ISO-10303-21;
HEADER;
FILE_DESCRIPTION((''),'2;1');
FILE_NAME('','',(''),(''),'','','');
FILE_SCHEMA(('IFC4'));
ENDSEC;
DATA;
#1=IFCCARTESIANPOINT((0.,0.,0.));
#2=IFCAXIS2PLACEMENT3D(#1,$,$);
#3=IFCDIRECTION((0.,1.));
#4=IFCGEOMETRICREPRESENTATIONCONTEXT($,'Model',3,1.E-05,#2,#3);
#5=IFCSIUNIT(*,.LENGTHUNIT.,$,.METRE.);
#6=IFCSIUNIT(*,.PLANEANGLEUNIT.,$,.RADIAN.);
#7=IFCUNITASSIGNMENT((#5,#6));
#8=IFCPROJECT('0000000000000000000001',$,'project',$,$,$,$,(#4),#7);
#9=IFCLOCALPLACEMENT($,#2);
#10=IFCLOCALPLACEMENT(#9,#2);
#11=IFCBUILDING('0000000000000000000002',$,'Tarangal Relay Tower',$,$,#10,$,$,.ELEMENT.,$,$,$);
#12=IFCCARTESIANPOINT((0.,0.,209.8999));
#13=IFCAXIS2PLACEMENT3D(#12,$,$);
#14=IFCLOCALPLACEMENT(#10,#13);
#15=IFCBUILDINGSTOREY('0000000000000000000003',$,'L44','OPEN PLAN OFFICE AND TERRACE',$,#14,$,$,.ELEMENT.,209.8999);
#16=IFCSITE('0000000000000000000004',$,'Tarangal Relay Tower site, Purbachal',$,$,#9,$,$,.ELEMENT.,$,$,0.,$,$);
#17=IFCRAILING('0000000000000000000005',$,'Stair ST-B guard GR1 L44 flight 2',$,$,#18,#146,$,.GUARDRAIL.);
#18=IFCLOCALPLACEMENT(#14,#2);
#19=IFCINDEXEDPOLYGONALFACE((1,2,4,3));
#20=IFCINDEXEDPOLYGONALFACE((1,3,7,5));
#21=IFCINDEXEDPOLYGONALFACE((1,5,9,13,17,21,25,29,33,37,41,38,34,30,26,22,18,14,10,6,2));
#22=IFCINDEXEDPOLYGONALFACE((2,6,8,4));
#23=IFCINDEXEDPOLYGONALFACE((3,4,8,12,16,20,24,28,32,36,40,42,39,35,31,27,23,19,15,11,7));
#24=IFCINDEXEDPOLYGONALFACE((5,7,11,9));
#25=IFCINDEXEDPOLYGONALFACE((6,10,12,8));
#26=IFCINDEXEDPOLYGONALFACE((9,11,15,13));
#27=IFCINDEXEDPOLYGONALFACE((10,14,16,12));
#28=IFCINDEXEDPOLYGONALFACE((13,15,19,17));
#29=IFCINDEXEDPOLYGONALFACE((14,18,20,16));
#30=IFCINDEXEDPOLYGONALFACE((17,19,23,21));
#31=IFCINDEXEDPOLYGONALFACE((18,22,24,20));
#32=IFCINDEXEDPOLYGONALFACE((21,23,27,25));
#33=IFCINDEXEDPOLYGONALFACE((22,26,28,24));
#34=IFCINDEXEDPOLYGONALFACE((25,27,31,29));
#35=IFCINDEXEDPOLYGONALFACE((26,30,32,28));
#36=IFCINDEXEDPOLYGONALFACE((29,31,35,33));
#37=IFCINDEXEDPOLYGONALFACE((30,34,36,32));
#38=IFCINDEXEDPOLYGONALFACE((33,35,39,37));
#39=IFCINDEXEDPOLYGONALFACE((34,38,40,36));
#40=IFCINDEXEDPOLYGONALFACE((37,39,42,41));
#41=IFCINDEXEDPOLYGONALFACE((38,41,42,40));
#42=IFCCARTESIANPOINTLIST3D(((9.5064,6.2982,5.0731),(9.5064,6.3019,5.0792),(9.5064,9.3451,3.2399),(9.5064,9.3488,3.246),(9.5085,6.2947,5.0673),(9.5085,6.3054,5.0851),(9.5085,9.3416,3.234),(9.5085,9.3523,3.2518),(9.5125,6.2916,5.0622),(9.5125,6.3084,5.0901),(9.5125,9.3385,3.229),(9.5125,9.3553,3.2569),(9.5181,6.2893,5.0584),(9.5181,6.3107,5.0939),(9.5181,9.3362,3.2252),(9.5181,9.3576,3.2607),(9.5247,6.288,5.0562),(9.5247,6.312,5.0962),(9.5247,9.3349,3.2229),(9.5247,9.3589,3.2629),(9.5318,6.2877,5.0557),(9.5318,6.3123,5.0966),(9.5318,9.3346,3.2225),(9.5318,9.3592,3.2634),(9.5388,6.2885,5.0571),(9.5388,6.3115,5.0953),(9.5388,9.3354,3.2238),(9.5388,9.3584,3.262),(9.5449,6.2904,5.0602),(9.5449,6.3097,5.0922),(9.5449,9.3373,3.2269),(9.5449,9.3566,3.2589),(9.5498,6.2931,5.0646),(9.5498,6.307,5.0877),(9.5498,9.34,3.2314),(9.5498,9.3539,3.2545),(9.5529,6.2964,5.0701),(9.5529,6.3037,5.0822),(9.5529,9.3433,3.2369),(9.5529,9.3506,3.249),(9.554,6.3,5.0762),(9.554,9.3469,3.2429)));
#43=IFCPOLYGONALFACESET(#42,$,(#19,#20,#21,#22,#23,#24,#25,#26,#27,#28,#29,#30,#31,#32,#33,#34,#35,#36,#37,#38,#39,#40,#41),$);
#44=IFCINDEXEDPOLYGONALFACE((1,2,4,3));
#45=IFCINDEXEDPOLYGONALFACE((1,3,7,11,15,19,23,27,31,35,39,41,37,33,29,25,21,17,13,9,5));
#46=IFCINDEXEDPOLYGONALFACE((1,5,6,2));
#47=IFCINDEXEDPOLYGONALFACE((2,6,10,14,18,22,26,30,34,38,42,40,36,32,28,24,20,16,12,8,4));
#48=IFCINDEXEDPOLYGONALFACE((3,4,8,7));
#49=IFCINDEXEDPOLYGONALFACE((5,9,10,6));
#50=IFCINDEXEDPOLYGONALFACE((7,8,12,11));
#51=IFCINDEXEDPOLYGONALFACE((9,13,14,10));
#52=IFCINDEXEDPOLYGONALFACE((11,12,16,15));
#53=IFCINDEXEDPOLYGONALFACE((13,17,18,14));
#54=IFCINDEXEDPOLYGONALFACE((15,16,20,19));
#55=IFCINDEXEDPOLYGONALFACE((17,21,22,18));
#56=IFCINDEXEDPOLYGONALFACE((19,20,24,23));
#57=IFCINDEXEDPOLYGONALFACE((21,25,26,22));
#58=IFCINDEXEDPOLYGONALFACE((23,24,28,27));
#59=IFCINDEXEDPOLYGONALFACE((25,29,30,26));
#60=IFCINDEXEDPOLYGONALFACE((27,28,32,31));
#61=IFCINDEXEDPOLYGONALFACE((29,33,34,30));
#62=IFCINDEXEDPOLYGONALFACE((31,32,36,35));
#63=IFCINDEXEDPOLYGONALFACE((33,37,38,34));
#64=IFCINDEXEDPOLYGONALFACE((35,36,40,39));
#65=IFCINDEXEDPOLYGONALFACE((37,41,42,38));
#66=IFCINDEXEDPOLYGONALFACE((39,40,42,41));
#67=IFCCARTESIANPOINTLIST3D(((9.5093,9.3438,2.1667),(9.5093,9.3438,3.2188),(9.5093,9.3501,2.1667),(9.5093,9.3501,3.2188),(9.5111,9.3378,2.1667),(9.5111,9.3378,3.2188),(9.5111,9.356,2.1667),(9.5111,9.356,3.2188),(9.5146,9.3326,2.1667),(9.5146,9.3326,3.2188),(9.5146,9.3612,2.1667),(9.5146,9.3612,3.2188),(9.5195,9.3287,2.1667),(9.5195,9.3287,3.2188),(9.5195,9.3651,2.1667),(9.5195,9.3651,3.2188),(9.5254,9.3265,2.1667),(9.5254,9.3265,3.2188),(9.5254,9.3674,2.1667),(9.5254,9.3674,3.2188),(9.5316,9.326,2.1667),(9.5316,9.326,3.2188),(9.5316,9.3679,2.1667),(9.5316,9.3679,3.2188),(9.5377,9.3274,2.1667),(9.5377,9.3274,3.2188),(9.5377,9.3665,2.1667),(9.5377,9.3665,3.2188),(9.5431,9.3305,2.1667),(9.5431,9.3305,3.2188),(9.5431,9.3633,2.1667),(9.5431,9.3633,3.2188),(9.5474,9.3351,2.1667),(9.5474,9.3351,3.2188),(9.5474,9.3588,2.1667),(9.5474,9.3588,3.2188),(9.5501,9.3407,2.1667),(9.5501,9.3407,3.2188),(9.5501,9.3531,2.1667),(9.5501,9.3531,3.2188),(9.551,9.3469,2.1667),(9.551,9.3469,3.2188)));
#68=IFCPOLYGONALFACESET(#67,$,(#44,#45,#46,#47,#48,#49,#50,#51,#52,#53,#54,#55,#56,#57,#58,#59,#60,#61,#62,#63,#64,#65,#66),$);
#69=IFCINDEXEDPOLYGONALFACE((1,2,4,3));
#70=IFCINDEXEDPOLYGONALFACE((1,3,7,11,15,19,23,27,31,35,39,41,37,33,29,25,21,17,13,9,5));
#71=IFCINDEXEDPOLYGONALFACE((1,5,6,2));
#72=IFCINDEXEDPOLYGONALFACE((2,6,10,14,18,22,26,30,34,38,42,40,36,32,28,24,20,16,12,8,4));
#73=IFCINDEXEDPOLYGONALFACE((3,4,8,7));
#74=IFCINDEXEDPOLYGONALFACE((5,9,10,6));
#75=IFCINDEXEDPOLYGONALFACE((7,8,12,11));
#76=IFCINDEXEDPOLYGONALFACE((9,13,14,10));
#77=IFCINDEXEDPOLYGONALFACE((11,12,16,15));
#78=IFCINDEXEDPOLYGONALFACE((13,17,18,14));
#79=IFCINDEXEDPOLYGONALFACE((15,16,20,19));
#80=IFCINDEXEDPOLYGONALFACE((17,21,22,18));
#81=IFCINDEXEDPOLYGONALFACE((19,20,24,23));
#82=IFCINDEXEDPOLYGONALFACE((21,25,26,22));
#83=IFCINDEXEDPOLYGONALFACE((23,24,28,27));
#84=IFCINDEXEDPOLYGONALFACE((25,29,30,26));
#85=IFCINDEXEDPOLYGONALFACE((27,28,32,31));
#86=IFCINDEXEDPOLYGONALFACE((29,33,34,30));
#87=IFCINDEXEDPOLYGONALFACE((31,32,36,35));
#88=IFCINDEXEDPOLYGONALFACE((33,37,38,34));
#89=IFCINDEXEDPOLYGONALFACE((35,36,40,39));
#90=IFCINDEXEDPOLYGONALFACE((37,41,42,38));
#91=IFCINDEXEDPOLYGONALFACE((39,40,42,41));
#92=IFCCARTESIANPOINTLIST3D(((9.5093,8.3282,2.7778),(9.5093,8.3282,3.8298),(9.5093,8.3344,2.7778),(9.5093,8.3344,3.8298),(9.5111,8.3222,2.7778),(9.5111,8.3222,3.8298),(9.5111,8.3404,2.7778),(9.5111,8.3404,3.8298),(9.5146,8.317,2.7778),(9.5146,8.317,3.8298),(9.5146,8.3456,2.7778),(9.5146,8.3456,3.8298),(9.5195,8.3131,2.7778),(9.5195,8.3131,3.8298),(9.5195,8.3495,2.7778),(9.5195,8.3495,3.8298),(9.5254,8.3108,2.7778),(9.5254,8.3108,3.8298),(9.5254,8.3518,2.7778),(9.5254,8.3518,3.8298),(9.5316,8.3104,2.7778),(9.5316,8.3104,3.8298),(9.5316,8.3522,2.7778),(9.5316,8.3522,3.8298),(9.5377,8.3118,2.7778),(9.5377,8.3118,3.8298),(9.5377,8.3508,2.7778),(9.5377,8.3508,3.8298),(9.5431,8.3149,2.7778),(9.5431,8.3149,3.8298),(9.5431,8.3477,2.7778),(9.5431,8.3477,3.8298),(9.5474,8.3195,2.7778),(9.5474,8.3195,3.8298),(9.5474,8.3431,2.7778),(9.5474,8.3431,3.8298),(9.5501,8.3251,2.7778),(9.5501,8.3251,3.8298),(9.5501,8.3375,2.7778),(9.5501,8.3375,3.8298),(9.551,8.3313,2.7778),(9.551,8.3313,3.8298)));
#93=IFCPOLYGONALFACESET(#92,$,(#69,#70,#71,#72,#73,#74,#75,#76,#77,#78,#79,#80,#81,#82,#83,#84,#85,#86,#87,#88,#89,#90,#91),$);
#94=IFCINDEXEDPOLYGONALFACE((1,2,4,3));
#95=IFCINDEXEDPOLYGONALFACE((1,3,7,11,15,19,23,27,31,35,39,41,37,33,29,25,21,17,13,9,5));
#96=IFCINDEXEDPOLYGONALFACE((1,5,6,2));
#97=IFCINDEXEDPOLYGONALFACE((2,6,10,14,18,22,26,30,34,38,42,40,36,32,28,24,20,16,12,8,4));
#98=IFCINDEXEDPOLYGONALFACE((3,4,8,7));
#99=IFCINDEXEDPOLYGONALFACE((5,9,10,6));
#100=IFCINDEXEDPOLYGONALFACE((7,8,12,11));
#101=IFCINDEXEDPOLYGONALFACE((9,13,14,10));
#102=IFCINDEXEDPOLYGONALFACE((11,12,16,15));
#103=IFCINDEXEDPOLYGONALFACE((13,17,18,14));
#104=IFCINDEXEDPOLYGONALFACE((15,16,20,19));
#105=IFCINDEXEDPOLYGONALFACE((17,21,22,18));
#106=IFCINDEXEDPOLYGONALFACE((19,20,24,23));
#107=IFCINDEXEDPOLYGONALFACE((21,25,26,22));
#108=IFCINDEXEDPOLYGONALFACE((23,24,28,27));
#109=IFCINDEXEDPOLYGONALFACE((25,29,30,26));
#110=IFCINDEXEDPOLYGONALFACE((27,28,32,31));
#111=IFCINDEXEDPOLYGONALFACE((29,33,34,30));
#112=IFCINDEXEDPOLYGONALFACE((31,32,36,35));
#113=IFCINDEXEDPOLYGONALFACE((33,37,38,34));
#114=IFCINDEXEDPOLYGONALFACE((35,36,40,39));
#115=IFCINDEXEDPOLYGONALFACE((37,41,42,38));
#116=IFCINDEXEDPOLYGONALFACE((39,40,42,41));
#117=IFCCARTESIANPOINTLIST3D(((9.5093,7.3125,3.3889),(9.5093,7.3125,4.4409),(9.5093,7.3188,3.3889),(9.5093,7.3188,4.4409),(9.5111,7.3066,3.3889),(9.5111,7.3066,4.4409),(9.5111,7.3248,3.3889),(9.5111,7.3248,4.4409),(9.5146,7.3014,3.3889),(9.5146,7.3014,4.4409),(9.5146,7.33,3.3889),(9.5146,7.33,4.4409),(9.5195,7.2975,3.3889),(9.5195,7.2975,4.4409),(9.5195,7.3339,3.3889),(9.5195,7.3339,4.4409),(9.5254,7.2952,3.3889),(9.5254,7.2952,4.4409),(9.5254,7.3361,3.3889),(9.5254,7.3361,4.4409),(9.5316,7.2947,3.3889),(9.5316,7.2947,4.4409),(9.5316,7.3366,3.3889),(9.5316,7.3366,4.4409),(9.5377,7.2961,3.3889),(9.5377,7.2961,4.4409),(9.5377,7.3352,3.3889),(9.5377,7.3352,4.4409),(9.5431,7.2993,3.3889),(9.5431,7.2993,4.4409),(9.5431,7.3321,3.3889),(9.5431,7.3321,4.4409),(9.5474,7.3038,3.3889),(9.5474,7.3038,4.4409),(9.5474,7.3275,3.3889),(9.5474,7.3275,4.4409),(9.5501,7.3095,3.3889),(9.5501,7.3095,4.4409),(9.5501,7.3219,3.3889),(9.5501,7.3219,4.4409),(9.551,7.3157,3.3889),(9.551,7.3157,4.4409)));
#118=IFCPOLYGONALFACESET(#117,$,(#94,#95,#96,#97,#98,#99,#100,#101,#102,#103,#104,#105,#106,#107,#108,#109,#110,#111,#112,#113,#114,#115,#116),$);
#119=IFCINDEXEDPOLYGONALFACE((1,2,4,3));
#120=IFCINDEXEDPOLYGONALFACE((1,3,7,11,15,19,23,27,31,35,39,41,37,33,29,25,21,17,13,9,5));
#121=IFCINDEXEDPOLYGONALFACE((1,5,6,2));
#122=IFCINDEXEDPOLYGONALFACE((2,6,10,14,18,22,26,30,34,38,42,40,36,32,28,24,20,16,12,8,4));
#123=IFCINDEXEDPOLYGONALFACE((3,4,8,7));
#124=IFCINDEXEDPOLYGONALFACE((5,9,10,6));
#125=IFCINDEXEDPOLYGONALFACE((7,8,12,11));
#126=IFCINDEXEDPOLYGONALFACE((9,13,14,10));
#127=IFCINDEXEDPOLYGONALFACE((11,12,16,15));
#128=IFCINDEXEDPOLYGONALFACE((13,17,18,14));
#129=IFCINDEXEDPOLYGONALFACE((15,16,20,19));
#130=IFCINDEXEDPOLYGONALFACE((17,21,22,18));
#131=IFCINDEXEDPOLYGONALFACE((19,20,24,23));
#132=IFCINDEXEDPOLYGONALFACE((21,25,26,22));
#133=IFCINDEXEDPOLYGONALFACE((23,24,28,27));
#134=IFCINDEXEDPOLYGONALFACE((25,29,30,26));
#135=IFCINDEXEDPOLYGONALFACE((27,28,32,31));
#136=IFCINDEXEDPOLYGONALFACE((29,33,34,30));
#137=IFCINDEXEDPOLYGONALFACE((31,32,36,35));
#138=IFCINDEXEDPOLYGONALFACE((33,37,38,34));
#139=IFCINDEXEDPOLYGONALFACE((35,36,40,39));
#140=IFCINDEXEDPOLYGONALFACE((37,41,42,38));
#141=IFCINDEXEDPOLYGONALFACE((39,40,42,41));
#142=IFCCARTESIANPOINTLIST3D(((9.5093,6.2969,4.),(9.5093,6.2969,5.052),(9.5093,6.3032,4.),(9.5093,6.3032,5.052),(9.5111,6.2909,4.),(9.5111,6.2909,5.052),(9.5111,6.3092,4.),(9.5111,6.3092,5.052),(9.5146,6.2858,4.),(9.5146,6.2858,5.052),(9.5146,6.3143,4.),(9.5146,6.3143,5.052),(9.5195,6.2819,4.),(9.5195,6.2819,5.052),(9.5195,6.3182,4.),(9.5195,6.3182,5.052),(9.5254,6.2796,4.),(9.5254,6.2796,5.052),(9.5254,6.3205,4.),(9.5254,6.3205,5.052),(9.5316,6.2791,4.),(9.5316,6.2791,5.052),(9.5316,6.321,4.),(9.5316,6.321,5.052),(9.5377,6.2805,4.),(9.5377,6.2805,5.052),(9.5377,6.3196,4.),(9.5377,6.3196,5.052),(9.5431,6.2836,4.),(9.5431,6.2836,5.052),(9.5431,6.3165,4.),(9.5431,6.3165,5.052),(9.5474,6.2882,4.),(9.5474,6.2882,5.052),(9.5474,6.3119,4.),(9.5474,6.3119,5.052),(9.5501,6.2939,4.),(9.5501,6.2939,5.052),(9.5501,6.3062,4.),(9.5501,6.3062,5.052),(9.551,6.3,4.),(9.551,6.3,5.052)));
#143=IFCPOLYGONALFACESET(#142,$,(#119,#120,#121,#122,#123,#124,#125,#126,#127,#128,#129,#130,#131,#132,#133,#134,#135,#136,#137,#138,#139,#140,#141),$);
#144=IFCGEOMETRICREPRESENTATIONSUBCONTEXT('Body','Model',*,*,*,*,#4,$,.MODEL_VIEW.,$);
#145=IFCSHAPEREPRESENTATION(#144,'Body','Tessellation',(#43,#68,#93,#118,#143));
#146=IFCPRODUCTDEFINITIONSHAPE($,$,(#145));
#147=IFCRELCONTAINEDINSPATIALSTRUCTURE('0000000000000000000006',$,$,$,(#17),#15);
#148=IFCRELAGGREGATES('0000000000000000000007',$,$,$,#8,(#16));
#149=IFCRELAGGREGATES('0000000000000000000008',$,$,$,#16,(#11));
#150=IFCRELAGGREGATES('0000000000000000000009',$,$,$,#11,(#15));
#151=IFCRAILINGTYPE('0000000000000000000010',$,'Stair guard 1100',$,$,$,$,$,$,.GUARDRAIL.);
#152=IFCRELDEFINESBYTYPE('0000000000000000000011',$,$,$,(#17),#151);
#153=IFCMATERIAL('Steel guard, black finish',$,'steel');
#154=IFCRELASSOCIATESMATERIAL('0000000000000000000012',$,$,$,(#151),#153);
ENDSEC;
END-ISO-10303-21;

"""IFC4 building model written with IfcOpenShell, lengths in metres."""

from ifc_helpers import new_model, si_unit, direction, frame, origin, origin_2d, place, context, subcontext, project, spatial, circle, extrude, material, type_object, element, save


model = new_model("IFC4")

# Units and contexts
model_context = context("Model", 3, precision=1e-05, world=origin(), true_north=direction((0.0, 1.0)))
body_context = subcontext(model_context, "Body", "Model", "MODEL_VIEW")
ifc_project = project(units=[si_unit("LENGTHUNIT", "METRE"), si_unit("PLANEANGLEUNIT", "RADIAN")], contexts=[model_context])

# Site, building, storey
site_placement = place(None, origin())
site = spatial("IfcSite", under=ifc_project, at=site_placement, Name="Tarangal Relay Tower site, Purbachal", CompositionType="ELEMENT", RefElevation=0.0)
building_placement = place(site_placement, origin())
building = spatial("IfcBuilding", under=site, at=building_placement, Name="Tarangal Relay Tower", CompositionType="ELEMENT")
storey_placement = place(building_placement, frame((0.0, 0.0, 209.8999)))
storey = spatial("IfcBuildingStorey", under=building, at=storey_placement, Name="L44", Description="OPEN PLAN OFFICE AND TERRACE", CompositionType="ELEMENT", Elevation=209.8999)

# Railing
ifc_material_1 = material(Name="Steel guard, black finish", Category="steel")
railing_type_1 = type_object("IfcRailingType", Name="Stair guard 1100", PredefinedType="GUARDRAIL", material=ifc_material_1)
railing_1_placement = place(storey_placement, frame((9.53, 9.3469, 2.1667)))
element("IfcRailing", 1, at=railing_1_placement, inside=storey, type_object=railing_type_1, Name="Stair ST-B guard GR1 L44 flight 2", PredefinedType="GUARDRAIL", context=body_context, shape_type="SweptSolid", body=[
    extrude(circle(Radius=0.0239, at=origin_2d()), frame((0.0, 0.0, 1.0762), z_axis=(0.0, -0.856856, 0.515556), x_axis=(1.0, 0.0, 0.0)), (0.0, 0.0, 1.0), 3.5559),
    extrude(circle(Radius=0.021, at=origin_2d()), origin(), (0.0, 0.0, 1.0), 1.052),
    extrude(circle(Radius=0.021, at=origin_2d()), frame((0.0, -1.0156, 0.6111)), (0.0, 0.0, 1.0), 1.052),
    extrude(circle(Radius=0.021, at=origin_2d()), frame((0.0, -2.0312, 1.2222)), (0.0, 0.0, 1.0), 1.052),
    extrude(circle(Radius=0.021, at=origin_2d()), frame((0.0, -3.0469, 1.8333)), (0.0, 0.0, 1.0), 1.052),
])

save(model, "model.ifc")
